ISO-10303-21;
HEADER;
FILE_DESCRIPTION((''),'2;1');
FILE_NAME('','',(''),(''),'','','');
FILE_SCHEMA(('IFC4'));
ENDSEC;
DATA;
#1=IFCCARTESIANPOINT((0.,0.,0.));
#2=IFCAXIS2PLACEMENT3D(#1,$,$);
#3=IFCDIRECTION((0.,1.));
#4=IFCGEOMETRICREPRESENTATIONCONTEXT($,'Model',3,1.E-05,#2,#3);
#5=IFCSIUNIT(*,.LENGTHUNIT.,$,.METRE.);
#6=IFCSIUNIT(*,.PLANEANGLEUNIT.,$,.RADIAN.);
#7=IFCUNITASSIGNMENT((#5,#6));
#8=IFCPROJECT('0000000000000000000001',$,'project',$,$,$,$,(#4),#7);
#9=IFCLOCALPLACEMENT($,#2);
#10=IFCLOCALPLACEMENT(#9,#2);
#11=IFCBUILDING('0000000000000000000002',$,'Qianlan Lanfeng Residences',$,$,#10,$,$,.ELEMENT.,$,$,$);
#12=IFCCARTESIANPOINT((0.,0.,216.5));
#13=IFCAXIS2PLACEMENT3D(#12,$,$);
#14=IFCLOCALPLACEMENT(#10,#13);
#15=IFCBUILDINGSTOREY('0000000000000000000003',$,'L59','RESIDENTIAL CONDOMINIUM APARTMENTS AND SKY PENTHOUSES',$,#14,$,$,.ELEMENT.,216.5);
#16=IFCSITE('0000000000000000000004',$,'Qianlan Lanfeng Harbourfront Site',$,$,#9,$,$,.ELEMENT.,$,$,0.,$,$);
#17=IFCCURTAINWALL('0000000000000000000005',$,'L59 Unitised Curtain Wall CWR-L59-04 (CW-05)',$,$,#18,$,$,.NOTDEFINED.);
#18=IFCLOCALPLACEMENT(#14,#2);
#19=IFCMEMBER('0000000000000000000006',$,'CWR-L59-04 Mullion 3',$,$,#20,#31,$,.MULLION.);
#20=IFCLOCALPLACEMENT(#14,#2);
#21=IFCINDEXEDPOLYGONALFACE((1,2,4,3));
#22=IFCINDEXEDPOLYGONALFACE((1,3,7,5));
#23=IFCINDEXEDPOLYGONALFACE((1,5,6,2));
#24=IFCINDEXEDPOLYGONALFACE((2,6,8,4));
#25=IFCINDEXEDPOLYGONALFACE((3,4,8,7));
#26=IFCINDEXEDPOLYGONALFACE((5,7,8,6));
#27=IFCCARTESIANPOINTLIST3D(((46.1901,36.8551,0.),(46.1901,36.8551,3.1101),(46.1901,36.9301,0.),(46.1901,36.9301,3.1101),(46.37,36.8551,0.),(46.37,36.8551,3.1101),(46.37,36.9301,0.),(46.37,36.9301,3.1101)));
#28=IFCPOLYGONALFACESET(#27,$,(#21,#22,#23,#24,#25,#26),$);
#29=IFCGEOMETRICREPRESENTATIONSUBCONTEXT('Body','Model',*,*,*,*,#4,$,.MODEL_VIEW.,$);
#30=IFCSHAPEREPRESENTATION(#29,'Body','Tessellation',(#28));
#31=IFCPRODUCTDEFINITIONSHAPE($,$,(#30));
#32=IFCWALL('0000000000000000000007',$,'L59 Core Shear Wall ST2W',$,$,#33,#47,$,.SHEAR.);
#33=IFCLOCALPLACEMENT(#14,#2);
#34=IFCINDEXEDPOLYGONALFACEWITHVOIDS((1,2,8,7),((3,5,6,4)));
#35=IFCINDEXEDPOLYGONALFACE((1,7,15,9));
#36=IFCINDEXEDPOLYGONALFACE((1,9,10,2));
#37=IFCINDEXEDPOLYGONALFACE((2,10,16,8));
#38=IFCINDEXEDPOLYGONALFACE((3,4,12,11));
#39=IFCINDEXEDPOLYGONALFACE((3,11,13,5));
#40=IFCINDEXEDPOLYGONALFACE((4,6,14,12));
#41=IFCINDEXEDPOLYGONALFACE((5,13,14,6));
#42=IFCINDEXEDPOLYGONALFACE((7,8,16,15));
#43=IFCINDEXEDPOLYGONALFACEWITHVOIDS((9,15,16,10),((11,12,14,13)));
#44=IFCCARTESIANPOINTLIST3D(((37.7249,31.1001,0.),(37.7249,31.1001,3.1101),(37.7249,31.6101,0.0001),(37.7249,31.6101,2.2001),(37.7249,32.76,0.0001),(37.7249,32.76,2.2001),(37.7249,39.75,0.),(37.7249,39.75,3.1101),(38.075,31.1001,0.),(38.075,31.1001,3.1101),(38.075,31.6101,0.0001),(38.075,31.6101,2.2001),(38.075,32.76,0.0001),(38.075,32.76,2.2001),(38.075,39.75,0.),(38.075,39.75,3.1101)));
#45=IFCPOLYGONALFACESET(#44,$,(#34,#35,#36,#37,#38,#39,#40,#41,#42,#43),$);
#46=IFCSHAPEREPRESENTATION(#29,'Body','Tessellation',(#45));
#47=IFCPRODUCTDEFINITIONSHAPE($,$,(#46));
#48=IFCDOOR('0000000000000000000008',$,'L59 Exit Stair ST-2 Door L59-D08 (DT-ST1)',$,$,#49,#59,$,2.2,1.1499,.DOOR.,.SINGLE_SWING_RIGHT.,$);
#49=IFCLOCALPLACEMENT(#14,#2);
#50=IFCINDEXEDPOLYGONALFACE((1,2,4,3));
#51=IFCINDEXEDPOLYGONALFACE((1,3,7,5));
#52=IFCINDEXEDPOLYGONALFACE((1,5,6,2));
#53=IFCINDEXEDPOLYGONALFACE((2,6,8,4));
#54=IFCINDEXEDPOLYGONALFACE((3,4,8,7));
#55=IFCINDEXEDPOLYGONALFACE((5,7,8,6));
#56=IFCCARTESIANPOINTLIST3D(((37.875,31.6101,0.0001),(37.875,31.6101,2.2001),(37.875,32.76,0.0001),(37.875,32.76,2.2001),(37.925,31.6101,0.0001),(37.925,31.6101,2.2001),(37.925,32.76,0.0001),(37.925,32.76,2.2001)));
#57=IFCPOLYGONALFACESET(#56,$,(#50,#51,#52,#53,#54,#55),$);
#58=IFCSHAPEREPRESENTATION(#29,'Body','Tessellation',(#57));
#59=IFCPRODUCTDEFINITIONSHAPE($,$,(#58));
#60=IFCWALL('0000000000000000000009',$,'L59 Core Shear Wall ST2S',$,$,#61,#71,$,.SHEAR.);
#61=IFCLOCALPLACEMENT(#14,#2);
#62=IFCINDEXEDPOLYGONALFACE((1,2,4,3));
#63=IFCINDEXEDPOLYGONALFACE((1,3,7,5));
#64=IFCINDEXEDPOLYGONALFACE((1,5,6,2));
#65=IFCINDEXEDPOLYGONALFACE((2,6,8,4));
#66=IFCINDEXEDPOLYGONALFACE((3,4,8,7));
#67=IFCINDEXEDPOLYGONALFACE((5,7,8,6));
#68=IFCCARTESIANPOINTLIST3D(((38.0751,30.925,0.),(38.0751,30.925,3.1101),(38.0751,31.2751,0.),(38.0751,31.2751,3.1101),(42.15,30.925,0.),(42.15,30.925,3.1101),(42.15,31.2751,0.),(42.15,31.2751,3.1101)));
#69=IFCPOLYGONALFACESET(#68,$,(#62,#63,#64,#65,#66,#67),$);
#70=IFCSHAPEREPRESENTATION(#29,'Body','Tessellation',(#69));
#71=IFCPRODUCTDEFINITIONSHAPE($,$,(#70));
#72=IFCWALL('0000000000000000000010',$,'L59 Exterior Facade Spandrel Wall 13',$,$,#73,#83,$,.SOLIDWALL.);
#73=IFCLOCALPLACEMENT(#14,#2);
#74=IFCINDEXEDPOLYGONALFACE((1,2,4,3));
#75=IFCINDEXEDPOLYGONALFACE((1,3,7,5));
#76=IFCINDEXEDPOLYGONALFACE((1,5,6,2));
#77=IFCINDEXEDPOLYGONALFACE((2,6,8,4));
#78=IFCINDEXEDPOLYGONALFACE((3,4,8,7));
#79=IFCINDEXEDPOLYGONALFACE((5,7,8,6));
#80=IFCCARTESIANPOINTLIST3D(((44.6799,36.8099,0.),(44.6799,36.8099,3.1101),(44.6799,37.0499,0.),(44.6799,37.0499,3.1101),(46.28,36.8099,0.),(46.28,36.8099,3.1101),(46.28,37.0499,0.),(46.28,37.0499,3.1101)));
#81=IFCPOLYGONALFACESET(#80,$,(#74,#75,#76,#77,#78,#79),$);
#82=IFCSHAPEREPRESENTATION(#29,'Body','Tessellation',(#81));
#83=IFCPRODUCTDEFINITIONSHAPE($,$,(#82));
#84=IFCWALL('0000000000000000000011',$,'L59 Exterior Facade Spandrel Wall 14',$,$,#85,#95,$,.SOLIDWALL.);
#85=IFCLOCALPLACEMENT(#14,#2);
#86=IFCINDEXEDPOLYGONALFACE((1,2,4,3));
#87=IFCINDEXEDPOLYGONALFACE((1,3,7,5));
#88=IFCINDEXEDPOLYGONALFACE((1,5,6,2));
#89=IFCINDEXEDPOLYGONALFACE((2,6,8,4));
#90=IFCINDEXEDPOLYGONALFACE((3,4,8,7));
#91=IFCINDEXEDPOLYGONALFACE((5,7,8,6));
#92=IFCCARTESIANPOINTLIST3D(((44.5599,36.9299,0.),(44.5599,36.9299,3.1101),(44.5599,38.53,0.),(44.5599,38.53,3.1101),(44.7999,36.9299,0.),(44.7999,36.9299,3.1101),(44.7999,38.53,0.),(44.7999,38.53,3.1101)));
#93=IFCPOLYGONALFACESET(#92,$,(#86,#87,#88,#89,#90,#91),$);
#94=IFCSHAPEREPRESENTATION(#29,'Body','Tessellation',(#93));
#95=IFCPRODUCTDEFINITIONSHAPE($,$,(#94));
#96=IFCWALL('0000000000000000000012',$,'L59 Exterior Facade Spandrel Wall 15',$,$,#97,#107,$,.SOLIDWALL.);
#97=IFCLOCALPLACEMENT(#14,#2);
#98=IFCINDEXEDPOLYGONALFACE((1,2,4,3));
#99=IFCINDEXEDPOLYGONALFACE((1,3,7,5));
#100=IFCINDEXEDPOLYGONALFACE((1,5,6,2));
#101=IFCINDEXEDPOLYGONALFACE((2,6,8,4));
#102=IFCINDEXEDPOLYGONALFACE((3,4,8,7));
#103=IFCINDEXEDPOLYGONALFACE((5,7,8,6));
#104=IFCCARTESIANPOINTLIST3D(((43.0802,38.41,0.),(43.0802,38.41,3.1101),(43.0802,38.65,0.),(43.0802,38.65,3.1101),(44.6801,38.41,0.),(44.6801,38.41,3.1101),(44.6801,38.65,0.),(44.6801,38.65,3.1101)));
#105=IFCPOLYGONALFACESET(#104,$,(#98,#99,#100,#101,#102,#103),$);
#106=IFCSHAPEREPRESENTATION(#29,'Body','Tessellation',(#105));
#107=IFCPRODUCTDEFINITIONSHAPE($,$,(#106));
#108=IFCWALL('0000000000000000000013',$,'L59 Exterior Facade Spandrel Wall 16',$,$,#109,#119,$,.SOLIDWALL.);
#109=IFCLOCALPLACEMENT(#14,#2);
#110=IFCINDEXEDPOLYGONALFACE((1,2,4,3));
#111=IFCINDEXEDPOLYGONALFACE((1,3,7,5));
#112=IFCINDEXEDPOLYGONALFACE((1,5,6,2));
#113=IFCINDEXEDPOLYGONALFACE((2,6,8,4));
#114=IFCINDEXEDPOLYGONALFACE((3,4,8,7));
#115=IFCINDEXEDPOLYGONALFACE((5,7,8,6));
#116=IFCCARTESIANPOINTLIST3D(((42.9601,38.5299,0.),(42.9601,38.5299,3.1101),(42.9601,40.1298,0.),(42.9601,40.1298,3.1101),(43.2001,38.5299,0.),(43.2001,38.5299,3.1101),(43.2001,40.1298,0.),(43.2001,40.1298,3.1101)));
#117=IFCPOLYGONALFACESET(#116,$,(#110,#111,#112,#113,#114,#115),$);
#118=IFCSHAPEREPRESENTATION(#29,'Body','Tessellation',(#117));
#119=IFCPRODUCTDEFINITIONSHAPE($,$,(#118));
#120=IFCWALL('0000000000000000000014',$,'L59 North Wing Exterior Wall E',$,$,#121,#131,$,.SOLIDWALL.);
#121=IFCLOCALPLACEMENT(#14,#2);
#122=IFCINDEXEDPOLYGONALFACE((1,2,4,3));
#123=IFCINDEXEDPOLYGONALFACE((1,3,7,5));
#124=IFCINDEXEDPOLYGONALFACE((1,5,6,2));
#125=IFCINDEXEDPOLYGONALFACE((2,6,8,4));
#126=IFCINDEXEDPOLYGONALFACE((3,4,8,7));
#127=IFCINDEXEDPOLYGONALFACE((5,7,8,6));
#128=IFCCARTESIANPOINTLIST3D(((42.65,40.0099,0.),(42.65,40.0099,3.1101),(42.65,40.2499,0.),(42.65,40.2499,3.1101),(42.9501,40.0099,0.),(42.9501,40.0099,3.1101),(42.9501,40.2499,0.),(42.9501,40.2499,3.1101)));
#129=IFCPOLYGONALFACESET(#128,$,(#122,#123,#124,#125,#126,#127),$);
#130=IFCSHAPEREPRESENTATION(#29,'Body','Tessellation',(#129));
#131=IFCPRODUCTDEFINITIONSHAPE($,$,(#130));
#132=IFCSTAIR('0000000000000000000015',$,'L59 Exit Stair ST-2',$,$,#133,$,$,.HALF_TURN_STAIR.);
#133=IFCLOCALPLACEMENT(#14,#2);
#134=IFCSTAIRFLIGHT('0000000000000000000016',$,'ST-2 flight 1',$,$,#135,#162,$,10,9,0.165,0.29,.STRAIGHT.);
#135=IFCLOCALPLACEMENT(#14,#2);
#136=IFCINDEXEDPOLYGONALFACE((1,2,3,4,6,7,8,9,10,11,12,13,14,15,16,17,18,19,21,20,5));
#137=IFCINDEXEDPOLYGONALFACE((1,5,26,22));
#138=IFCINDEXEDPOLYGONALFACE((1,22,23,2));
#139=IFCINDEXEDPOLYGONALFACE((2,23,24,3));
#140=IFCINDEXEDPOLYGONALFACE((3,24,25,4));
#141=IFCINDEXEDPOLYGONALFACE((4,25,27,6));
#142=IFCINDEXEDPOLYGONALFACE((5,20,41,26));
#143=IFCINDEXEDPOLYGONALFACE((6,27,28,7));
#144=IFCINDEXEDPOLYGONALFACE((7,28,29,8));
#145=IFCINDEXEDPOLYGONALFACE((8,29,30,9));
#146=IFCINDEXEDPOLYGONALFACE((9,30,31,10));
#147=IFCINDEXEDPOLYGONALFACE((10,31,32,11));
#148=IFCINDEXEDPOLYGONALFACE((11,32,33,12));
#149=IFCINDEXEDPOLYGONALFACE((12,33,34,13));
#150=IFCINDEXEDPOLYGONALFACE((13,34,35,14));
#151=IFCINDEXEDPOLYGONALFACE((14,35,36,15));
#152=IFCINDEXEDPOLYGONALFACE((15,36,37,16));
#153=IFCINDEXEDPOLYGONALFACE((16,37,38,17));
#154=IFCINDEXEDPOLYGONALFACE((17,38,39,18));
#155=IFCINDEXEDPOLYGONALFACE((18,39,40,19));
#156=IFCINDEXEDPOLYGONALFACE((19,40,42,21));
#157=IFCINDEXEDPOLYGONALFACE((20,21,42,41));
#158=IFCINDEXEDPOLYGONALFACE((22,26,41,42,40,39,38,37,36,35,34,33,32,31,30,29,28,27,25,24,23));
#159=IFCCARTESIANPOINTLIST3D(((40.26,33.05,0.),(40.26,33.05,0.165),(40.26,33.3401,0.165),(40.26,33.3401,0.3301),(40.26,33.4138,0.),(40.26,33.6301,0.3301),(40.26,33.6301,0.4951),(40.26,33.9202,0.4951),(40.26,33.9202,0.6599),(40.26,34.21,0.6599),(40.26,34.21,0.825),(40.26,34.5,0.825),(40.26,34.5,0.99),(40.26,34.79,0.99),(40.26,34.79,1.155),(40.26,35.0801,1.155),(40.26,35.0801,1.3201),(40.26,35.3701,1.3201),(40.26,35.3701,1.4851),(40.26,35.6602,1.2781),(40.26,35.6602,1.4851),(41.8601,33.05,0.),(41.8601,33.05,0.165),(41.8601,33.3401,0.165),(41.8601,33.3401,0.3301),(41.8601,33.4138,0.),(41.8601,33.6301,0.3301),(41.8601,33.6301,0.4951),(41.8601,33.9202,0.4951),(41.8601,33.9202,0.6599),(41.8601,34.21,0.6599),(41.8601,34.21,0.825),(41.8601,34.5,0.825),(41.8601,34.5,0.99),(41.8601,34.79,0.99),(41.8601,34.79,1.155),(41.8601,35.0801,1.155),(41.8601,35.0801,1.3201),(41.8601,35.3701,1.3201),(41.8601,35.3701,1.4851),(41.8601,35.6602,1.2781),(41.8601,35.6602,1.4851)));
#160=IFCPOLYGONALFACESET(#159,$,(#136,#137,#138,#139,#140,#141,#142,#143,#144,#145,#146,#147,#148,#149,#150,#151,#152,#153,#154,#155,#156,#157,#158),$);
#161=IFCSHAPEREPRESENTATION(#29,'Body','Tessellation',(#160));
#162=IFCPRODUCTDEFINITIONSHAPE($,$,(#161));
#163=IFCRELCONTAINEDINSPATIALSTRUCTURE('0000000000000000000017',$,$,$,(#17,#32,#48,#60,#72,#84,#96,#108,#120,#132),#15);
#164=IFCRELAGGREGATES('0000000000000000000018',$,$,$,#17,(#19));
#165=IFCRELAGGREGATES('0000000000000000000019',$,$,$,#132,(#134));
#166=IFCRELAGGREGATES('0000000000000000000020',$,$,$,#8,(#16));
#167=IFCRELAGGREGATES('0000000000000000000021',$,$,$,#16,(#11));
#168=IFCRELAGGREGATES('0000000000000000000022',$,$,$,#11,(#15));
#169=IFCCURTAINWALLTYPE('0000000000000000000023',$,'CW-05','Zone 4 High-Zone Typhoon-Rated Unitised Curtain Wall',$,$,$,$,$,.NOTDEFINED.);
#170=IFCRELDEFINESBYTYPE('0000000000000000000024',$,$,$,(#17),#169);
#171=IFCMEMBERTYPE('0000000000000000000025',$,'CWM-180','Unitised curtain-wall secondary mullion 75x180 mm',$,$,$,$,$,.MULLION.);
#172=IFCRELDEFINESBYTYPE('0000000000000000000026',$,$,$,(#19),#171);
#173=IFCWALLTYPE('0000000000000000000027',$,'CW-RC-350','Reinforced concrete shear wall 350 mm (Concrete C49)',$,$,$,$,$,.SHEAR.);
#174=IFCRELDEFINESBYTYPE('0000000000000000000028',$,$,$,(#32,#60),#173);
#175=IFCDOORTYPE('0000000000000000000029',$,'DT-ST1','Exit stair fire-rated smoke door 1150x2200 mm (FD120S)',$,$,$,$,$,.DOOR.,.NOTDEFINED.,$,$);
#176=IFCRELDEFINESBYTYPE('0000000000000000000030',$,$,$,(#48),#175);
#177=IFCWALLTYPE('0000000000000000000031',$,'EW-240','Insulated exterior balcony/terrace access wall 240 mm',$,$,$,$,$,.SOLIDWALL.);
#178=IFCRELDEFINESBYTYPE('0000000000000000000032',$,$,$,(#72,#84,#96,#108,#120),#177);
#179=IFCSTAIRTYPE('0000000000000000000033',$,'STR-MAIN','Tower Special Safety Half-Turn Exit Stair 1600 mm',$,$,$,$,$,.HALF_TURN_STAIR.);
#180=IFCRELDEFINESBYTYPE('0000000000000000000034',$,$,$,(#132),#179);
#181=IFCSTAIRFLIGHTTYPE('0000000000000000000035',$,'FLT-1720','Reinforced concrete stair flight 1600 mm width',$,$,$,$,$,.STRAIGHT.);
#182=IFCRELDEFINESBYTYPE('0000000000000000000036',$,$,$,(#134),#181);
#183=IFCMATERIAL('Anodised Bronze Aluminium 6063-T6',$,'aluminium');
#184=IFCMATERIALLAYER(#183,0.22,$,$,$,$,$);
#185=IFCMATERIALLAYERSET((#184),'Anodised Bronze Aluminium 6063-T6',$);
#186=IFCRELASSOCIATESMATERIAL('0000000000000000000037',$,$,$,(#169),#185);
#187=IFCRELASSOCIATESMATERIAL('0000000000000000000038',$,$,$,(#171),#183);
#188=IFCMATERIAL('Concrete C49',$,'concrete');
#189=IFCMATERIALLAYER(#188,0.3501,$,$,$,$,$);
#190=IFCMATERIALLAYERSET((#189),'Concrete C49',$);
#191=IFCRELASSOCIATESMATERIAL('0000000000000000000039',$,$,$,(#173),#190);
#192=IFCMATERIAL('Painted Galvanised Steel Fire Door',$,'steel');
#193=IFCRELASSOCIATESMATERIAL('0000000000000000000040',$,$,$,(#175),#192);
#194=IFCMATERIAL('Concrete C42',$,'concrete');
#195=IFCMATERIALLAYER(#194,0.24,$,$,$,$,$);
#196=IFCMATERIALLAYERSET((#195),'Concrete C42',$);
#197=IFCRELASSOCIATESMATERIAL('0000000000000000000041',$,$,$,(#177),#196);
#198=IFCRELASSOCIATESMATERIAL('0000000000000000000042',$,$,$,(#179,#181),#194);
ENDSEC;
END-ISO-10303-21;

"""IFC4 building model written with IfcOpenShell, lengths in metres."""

from ifc_helpers import new_model, si_unit, direction, frame, frame_2d, origin, origin_2d, place, context, subcontext, project, spatial, polyline, rectangle, outline, extrude, source, transform, mapped, material, layer, layer_set, material_profile, profile_set, type_object, element, fill, aggregate, save


model = new_model("IFC4")

# Units and contexts
model_context = context("Model", 3, precision=1e-05, world=origin(), true_north=direction((0.0, 1.0)))
body_context = subcontext(model_context, "Body", "Model", "MODEL_VIEW")
ifc_project = project(units=[si_unit("LENGTHUNIT", "METRE"), si_unit("PLANEANGLEUNIT", "RADIAN")], contexts=[model_context])

# Site, building, storey
site_placement = place(None, origin())
site = spatial("IfcSite", under=ifc_project, at=site_placement, Name="Qianlan Lanfeng Harbourfront Site", CompositionType="ELEMENT", RefElevation=0.0)
building_placement = place(site_placement, origin())
building = spatial("IfcBuilding", under=site, at=building_placement, Name="Qianlan Lanfeng Residences", CompositionType="ELEMENT")
storey_placement = place(building_placement, frame((0.0, 0.0, 216.5)))
storey = spatial("IfcBuildingStorey", under=building, at=storey_placement, Name="L59", Description="RESIDENTIAL CONDOMINIUM APARTMENTS AND SKY PENTHOUSES", CompositionType="ELEMENT", Elevation=216.5)

# Curtain wall, member
ifc_material_1 = material(Name="Anodised Bronze Aluminium 6063-T6", Category="aluminium")
ifc_layer_1 = layer(ifc_material_1, 0.22)
ifc_layer_set_1 = layer_set([ifc_layer_1], Name="Anodised Bronze Aluminium 6063-T6")
curtain_wall_type = type_object("IfcCurtainWallType", Name="CW-05", Description="Zone 4 High-Zone Typhoon-Rated Unitised Curtain Wall", PredefinedType="NOTDEFINED", material=ifc_layer_set_1)
curtain_wall_placement = place(storey_placement, origin())
curtain_wall = element("IfcCurtainWall", 1, at=curtain_wall_placement, inside=storey, type_object=curtain_wall_type, Name="L59 Unitised Curtain Wall CWR-L59-04 (CW-05)", PredefinedType="NOTDEFINED")
ifc_material_profile = material_profile(ifc_material_1, rectangle(XDim=0.075, YDim=0.1799, at=origin_2d()), Name="ALU MULLION 75x180")
ifc_profile_set = profile_set([ifc_material_profile], Name="Anodised Bronze Aluminium 6063-T6")
member_type = type_object("IfcMemberType", Name="CWM-180", Description="Unitised curtain-wall secondary mullion 75x180 mm", PredefinedType="MULLION", material=ifc_profile_set)
shared_shape_1 = source(origin(), body_context, "Body", "SweptSolid", [
    extrude(rectangle(XDim=0.075, YDim=0.1799, at=origin_2d()), origin(), (0.0, 0.0, 1.0), 3.1101),
])
member_placement = place(storey_placement, frame((46.28, 36.8926, 0.0), z_axis=(0.0, 0.0, 1.0), x_axis=(0.0, 1.0, 0.0)))
member = element("IfcMember", 2, at=member_placement, type_object=member_type, Name="CWR-L59-04 Mullion 3", PredefinedType="MULLION", context=body_context, shape_type="MappedRepresentation", body=[
    mapped(shared_shape_1, transform((0.0, 0.0, 0.0), scale=1.0)),
])
aggregate(curtain_wall, [member])

# Wall, opening, door
ifc_material_2 = material(Name="Concrete C49", Category="concrete")
ifc_layer_2 = layer(ifc_material_2, 0.3501)
ifc_layer_set_2 = layer_set([ifc_layer_2], Name="Concrete C49")
wall_type_1 = type_object("IfcWallType", Name="CW-RC-350", Description="Reinforced concrete shear wall 350 mm (Concrete C49)", PredefinedType="SHEAR", material=ifc_layer_set_2)
wall_1_placement = place(storey_placement, frame((37.8999, 31.1001, 0.0), z_axis=(0.0, 0.0, 1.0), x_axis=(0.0, 1.0, 0.0)))
wall_1 = element("IfcWall", 3, at=wall_1_placement, inside=storey, type_object=wall_type_1, Name="L59 Core Shear Wall ST2W", PredefinedType="SHEAR", context=body_context, shape_type="SweptSolid", body=[
    extrude(rectangle(XDim=8.6499, YDim=0.3501, at=frame_2d((4.325, 0.0))), origin(), (0.0, 0.0, 1.0), 3.1101),
])
opening_placement = place(wall_1_placement, frame((0.51, 0.0, 0.0)))
opening = element("IfcOpeningElement", 4, at=opening_placement, cuts=wall_1, PredefinedType="OPENING", context=body_context, shape_type="SweptSolid", body=[
    extrude(rectangle(XDim=1.1499, YDim=2.2, at=frame_2d((0.575, 1.1001))), frame((0.0, 0.1851, 0.0), z_axis=(0.0, -1.0, 0.0), x_axis=(1.0, 0.0, 0.0)), (0.0, 0.0, 1.0), 0.3701),
])
ifc_material_3 = material(Name="Painted Galvanised Steel Fire Door", Category="steel")
door_type = type_object("IfcDoorType", Name="DT-ST1", Description="Exit stair fire-rated smoke door 1150x2200 mm (FD120S)", OperationType="NOTDEFINED", PredefinedType="DOOR", material=ifc_material_3)
door_placement = place(opening_placement, origin())
door = element("IfcDoor", 5, at=door_placement, inside=storey, type_object=door_type, Name="L59 Exit Stair ST-2 Door L59-D08 (DT-ST1)", OperationType="SINGLE_SWING_RIGHT", OverallHeight=2.2, OverallWidth=1.1499, PredefinedType="DOOR", context=body_context, shape_type="SweptSolid", body=[
    extrude(rectangle(XDim=1.1499, YDim=2.2, at=frame_2d((0.575, 1.1001))), frame((0.0, 0.0249, 0.0), z_axis=(0.0, -1.0, 0.0), x_axis=(1.0, 0.0, 0.0)), (0.0, 0.0, 1.0), 0.05),
])
fill(opening, door)

# Walls
wall_2_placement = place(storey_placement, frame((38.075, 31.1001, 0.0), z_axis=(0.0, 0.0, 1.0), x_axis=(1.0, 0.0, 0.0)))
element("IfcWall", 6, at=wall_2_placement, inside=storey, type_object=wall_type_1, Name="L59 Core Shear Wall ST2S", PredefinedType="SHEAR", context=body_context, shape_type="SweptSolid", body=[
    extrude(rectangle(XDim=4.075, YDim=0.3501, at=frame_2d((2.0376, 0.0))), origin(), (0.0, 0.0, 1.0), 3.1101),
])
ifc_material_4 = material(Name="Concrete C42", Category="concrete")
ifc_layer_3 = layer(ifc_material_4, 0.24)
ifc_layer_set_3 = layer_set([ifc_layer_3], Name="Concrete C42")
wall_type_2 = type_object("IfcWallType", Name="EW-240", Description="Insulated exterior balcony/terrace access wall 240 mm", PredefinedType="SOLIDWALL", material=ifc_layer_set_3)
for number, where, z_axis, x_axis, name in (
    (7, (46.28, 36.9299, 0.0), (0.0, 0.0, 1.0), (-1.0, 0.0, 0.0), "L59 Exterior Facade Spandrel Wall 13"),
    (8, (44.6799, 36.9299, 0.0), (0.0, 0.0, 1.0), (0.0, 1.0, 0.0), "L59 Exterior Facade Spandrel Wall 14"),
):
    element("IfcWall", number, at=place(storey_placement, frame(where, z_axis=z_axis, x_axis=x_axis)), inside=storey, type_object=wall_type_2, Name=name, PredefinedType="SOLIDWALL", context=body_context, shape_type="SweptSolid", body=[
        extrude(rectangle(XDim=1.6001, YDim=0.24, at=frame_2d((0.8, 0.0))), origin(), (0.0, 0.0, 1.0), 3.1101),
    ])
for number, where, z_axis, x_axis, name in (
    (9, (44.6799, 38.53, 0.0), (0.0, 0.0, 1.0), (-1.0, 0.0, 0.0), "L59 Exterior Facade Spandrel Wall 15"),
    (10, (43.0801, 38.53, 0.0), (0.0, 0.0, 1.0), (0.0, 1.0, 0.0), "L59 Exterior Facade Spandrel Wall 16"),
):
    element("IfcWall", number, at=place(storey_placement, frame(where, z_axis=z_axis, x_axis=x_axis)), inside=storey, type_object=wall_type_2, Name=name, PredefinedType="SOLIDWALL", context=body_context, shape_type="SweptSolid", body=[
        extrude(rectangle(XDim=1.5999, YDim=0.24, at=frame_2d((0.7998, 0.0))), origin(), (0.0, 0.0, 1.0), 3.1101),
    ])
wall_3_placement = place(storey_placement, frame((42.95, 40.1299, 0.0), z_axis=(0.0, 0.0, 1.0), x_axis=(-1.0, 0.0, 0.0)))
element("IfcWall", 11, at=wall_3_placement, inside=storey, type_object=wall_type_2, Name="L59 North Wing Exterior Wall E", PredefinedType="SOLIDWALL", context=body_context, shape_type="SweptSolid", body=[
    extrude(rectangle(XDim=0.3, YDim=0.24, at=frame_2d((0.1499, 0.0))), origin(), (0.0, 0.0, 1.0), 3.1101),
])

# Stair, stair flight
stair_type = type_object("IfcStairType", Name="STR-MAIN", Description="Tower Special Safety Half-Turn Exit Stair 1600 mm", PredefinedType="HALF_TURN_STAIR", material=ifc_material_4)
stair_placement = place(storey_placement, origin())
stair = element("IfcStair", 12, at=stair_placement, inside=storey, type_object=stair_type, Name="L59 Exit Stair ST-2", PredefinedType="HALF_TURN_STAIR")
stair_flight_type = type_object("IfcStairFlightType", Name="FLT-1720", Description="Reinforced concrete stair flight 1600 mm width", PredefinedType="STRAIGHT", material=ifc_material_4)
stair_flight_1_placement = place(storey_placement, frame((41.0601, 33.05, 0.0), z_axis=(0.0, 0.0, 1.0), x_axis=(0.0, 1.0, 0.0)))
stair_flight_1 = element("IfcStairFlight", 13, at=stair_flight_1_placement, type_object=stair_flight_type, Name="ST-2 flight 1", NumberOfRisers=10, NumberOfTreads=9, PredefinedType="STRAIGHT", RiserHeight=0.165, TreadLength=0.29, context=body_context, shape_type="SweptSolid", body=[
    extrude(outline(polyline([(0.0, 0.0), (0.0, 0.165), (0.29, 0.165), (0.29, 0.3301), (0.5801, 0.3301), (0.5801, 0.4951), (0.8701, 0.4951), (0.8701, 0.6599), (1.1599, 0.6599), (1.1599, 0.825), (1.45, 0.825), (1.45, 0.99), (1.74, 0.99), (1.74, 1.155), (2.03, 1.155), (2.03, 1.3201), (2.3201, 1.3201), (2.3201, 1.4851), (2.6101, 1.4851), (2.6101, 1.6499), (2.6101, 1.2781), (0.3638, 0.0), (0.0, 0.0)])), frame((0.0, 0.8, 0.0), z_axis=(0.0, -1.0, 0.0), x_axis=(1.0, 0.0, 0.0)), (0.0, 0.0, 1.0), 1.6001),
])
aggregate(stair, [stair_flight_1])

save(model, "model.ifc")
